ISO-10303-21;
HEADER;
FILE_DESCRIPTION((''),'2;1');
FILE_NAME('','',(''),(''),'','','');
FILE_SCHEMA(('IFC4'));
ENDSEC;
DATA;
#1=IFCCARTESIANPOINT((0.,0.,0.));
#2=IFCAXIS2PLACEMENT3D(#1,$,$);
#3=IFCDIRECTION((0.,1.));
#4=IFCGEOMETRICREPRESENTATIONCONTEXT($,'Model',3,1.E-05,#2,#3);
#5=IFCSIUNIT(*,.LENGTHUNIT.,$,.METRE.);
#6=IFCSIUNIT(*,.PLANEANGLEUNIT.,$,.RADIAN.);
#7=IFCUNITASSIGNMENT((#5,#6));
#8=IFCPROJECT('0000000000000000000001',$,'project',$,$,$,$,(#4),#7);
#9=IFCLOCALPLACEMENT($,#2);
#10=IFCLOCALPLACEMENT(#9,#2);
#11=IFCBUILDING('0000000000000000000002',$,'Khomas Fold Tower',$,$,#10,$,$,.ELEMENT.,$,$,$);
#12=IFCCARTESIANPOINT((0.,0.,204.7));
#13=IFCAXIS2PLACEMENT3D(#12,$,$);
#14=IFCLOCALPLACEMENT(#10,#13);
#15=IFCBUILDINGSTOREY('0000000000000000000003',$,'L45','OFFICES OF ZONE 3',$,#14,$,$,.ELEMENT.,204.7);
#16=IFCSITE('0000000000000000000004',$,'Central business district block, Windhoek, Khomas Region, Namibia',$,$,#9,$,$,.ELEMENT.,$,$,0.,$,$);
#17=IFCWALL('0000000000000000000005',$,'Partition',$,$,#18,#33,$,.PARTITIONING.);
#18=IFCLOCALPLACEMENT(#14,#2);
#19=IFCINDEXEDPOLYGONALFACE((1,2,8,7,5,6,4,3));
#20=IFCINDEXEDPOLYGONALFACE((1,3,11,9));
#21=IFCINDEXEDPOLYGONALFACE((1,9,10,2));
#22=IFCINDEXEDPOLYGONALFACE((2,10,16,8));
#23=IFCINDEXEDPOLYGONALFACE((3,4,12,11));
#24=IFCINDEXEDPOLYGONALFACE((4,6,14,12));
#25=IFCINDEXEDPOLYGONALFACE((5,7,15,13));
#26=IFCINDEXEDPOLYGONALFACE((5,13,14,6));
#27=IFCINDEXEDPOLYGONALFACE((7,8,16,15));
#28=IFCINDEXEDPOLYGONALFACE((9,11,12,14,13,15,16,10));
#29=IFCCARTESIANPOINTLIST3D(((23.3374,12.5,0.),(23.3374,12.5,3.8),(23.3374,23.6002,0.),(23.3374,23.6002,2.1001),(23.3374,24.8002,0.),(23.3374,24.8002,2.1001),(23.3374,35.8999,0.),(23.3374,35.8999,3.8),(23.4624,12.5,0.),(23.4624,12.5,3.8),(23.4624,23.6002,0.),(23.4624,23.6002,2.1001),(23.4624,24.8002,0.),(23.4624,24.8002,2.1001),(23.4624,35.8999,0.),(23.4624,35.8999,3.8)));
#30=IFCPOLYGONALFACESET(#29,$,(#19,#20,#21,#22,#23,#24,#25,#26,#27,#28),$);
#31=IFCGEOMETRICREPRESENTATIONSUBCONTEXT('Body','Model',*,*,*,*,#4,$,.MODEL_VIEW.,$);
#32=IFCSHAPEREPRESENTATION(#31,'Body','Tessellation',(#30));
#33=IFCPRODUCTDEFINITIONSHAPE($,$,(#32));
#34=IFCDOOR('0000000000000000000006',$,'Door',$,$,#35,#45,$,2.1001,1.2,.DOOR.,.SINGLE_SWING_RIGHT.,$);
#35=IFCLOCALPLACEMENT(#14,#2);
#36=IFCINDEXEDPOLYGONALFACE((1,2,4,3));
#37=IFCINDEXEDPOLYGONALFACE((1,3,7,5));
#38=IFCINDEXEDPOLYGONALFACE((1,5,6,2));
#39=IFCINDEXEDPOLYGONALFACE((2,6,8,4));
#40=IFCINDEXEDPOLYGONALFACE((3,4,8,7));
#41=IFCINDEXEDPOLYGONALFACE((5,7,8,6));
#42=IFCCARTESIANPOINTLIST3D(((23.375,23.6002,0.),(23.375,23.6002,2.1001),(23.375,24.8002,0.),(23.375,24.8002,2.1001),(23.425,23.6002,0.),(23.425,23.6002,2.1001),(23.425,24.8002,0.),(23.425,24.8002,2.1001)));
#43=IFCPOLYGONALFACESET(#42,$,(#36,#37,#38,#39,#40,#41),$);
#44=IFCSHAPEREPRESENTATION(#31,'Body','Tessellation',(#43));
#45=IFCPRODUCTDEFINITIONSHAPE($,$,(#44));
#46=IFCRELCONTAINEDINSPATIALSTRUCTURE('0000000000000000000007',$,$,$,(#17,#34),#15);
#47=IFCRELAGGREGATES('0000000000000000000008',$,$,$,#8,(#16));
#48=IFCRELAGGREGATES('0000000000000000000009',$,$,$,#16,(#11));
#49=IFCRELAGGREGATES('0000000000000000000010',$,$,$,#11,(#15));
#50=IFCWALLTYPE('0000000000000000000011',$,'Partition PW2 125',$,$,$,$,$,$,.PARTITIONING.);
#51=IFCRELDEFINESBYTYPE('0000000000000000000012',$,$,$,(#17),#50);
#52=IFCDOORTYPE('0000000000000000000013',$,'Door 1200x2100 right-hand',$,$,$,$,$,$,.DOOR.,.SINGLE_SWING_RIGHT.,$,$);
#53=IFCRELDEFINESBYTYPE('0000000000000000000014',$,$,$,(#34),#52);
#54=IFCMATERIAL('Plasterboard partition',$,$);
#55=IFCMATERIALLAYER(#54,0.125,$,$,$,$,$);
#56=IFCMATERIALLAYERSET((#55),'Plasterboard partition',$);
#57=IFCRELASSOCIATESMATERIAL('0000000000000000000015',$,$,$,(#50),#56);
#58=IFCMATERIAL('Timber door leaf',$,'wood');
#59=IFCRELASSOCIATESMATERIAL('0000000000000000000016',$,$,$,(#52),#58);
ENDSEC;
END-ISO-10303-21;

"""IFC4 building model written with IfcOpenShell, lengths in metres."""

from ifc_helpers import new_model, si_unit, direction, frame, frame_2d, origin, place, context, subcontext, project, spatial, rectangle, extrude, source, transform, mapped, material, layer, layer_set, type_object, element, fill, save


model = new_model("IFC4")

# Units and contexts
model_context = context("Model", 3, precision=1e-05, world=origin(), true_north=direction((0.0, 1.0)))
body_context = subcontext(model_context, "Body", "Model", "MODEL_VIEW")
ifc_project = project(units=[si_unit("LENGTHUNIT", "METRE"), si_unit("PLANEANGLEUNIT", "RADIAN")], contexts=[model_context])

# Site, building, storey
site_placement = place(None, origin())
site = spatial("IfcSite", under=ifc_project, at=site_placement, Name="Central business district block, Windhoek, Khomas Region, Namibia", CompositionType="ELEMENT", RefElevation=0.0)
building_placement = place(site_placement, origin())
building = spatial("IfcBuilding", under=site, at=building_placement, Name="Khomas Fold Tower", CompositionType="ELEMENT")
storey_placement = place(building_placement, frame((0.0, 0.0, 204.7)))
storey = spatial("IfcBuildingStorey", under=building, at=storey_placement, Name="L45", Description="OFFICES OF ZONE 3", CompositionType="ELEMENT", Elevation=204.7)

# Shared definitions
ifc_material_1 = material(Name="Plasterboard partition")
ifc_layer_1 = layer(ifc_material_1, 0.125)
ifc_layer_set_1 = layer_set([ifc_layer_1], Name="Plasterboard partition")
wall_type_1 = type_object("IfcWallType", Name="Partition PW2 125", PredefinedType="PARTITIONING", material=ifc_layer_set_1)

# Wall, opening, door
shared_shape_1 = source(origin(), body_context, "Body", "SweptSolid", [
    extrude(rectangle(XDim=23.3999, YDim=0.125, at=frame_2d((11.7, 0.0))), origin(), (0.0, 0.0, 1.0), 3.8),
])
wall_1_placement = place(storey_placement, frame((23.3999, 12.5, 0.0), z_axis=(0.0, 0.0, 1.0), x_axis=(0.0, 1.0, 0.0)))
wall_1 = element("IfcWall", 1, at=wall_1_placement, inside=storey, type_object=wall_type_1, Name="Partition", PredefinedType="PARTITIONING", context=body_context, shape_type="MappedRepresentation", body=[
    mapped(shared_shape_1, transform((0.0, 0.0, 0.0))),
])
shared_shape_2 = source(origin(), body_context, "Body", "SweptSolid", [
    extrude(rectangle(XDim=1.2, YDim=2.1001, at=frame_2d((0.6001, 1.05))), frame((0.0, 0.0725, 0.0), z_axis=(0.0, -1.0, 0.0), x_axis=(1.0, 0.0, 0.0)), (0.0, 0.0, 1.0), 0.145),
])
opening_1_placement = place(wall_1_placement, frame((11.1001, 0.0, 0.0)))
opening_1 = element("IfcOpeningElement", 2, at=opening_1_placement, cuts=wall_1, PredefinedType="OPENING", context=body_context, shape_type="MappedRepresentation", body=[
    mapped(shared_shape_2, transform((0.0, 0.0, 0.0))),
])
ifc_material_2 = material(Name="Timber door leaf", Category="wood")
door_type_1 = type_object("IfcDoorType", Name="Door 1200x2100 right-hand", OperationType="SINGLE_SWING_RIGHT", PredefinedType="DOOR", material=ifc_material_2)
shared_shape_3 = source(origin(), body_context, "Body", "SweptSolid", [
    extrude(rectangle(XDim=1.2, YDim=2.1001, at=frame_2d((0.6001, 1.05))), frame((0.0, 0.0249, 0.0), z_axis=(0.0, -1.0, 0.0), x_axis=(1.0, 0.0, 0.0)), (0.0, 0.0, 1.0), 0.05),
])
door_1_placement = place(opening_1_placement, origin())
door_1 = element("IfcDoor", 3, at=door_1_placement, inside=storey, type_object=door_type_1, Name="Door", OperationType="SINGLE_SWING_RIGHT", OverallHeight=2.1001, OverallWidth=1.2, PredefinedType="DOOR", context=body_context, shape_type="MappedRepresentation", body=[
    mapped(shared_shape_3, transform((0.0, 0.0, 0.0))),
])
fill(opening_1, door_1)

save(model, "model.ifc")
